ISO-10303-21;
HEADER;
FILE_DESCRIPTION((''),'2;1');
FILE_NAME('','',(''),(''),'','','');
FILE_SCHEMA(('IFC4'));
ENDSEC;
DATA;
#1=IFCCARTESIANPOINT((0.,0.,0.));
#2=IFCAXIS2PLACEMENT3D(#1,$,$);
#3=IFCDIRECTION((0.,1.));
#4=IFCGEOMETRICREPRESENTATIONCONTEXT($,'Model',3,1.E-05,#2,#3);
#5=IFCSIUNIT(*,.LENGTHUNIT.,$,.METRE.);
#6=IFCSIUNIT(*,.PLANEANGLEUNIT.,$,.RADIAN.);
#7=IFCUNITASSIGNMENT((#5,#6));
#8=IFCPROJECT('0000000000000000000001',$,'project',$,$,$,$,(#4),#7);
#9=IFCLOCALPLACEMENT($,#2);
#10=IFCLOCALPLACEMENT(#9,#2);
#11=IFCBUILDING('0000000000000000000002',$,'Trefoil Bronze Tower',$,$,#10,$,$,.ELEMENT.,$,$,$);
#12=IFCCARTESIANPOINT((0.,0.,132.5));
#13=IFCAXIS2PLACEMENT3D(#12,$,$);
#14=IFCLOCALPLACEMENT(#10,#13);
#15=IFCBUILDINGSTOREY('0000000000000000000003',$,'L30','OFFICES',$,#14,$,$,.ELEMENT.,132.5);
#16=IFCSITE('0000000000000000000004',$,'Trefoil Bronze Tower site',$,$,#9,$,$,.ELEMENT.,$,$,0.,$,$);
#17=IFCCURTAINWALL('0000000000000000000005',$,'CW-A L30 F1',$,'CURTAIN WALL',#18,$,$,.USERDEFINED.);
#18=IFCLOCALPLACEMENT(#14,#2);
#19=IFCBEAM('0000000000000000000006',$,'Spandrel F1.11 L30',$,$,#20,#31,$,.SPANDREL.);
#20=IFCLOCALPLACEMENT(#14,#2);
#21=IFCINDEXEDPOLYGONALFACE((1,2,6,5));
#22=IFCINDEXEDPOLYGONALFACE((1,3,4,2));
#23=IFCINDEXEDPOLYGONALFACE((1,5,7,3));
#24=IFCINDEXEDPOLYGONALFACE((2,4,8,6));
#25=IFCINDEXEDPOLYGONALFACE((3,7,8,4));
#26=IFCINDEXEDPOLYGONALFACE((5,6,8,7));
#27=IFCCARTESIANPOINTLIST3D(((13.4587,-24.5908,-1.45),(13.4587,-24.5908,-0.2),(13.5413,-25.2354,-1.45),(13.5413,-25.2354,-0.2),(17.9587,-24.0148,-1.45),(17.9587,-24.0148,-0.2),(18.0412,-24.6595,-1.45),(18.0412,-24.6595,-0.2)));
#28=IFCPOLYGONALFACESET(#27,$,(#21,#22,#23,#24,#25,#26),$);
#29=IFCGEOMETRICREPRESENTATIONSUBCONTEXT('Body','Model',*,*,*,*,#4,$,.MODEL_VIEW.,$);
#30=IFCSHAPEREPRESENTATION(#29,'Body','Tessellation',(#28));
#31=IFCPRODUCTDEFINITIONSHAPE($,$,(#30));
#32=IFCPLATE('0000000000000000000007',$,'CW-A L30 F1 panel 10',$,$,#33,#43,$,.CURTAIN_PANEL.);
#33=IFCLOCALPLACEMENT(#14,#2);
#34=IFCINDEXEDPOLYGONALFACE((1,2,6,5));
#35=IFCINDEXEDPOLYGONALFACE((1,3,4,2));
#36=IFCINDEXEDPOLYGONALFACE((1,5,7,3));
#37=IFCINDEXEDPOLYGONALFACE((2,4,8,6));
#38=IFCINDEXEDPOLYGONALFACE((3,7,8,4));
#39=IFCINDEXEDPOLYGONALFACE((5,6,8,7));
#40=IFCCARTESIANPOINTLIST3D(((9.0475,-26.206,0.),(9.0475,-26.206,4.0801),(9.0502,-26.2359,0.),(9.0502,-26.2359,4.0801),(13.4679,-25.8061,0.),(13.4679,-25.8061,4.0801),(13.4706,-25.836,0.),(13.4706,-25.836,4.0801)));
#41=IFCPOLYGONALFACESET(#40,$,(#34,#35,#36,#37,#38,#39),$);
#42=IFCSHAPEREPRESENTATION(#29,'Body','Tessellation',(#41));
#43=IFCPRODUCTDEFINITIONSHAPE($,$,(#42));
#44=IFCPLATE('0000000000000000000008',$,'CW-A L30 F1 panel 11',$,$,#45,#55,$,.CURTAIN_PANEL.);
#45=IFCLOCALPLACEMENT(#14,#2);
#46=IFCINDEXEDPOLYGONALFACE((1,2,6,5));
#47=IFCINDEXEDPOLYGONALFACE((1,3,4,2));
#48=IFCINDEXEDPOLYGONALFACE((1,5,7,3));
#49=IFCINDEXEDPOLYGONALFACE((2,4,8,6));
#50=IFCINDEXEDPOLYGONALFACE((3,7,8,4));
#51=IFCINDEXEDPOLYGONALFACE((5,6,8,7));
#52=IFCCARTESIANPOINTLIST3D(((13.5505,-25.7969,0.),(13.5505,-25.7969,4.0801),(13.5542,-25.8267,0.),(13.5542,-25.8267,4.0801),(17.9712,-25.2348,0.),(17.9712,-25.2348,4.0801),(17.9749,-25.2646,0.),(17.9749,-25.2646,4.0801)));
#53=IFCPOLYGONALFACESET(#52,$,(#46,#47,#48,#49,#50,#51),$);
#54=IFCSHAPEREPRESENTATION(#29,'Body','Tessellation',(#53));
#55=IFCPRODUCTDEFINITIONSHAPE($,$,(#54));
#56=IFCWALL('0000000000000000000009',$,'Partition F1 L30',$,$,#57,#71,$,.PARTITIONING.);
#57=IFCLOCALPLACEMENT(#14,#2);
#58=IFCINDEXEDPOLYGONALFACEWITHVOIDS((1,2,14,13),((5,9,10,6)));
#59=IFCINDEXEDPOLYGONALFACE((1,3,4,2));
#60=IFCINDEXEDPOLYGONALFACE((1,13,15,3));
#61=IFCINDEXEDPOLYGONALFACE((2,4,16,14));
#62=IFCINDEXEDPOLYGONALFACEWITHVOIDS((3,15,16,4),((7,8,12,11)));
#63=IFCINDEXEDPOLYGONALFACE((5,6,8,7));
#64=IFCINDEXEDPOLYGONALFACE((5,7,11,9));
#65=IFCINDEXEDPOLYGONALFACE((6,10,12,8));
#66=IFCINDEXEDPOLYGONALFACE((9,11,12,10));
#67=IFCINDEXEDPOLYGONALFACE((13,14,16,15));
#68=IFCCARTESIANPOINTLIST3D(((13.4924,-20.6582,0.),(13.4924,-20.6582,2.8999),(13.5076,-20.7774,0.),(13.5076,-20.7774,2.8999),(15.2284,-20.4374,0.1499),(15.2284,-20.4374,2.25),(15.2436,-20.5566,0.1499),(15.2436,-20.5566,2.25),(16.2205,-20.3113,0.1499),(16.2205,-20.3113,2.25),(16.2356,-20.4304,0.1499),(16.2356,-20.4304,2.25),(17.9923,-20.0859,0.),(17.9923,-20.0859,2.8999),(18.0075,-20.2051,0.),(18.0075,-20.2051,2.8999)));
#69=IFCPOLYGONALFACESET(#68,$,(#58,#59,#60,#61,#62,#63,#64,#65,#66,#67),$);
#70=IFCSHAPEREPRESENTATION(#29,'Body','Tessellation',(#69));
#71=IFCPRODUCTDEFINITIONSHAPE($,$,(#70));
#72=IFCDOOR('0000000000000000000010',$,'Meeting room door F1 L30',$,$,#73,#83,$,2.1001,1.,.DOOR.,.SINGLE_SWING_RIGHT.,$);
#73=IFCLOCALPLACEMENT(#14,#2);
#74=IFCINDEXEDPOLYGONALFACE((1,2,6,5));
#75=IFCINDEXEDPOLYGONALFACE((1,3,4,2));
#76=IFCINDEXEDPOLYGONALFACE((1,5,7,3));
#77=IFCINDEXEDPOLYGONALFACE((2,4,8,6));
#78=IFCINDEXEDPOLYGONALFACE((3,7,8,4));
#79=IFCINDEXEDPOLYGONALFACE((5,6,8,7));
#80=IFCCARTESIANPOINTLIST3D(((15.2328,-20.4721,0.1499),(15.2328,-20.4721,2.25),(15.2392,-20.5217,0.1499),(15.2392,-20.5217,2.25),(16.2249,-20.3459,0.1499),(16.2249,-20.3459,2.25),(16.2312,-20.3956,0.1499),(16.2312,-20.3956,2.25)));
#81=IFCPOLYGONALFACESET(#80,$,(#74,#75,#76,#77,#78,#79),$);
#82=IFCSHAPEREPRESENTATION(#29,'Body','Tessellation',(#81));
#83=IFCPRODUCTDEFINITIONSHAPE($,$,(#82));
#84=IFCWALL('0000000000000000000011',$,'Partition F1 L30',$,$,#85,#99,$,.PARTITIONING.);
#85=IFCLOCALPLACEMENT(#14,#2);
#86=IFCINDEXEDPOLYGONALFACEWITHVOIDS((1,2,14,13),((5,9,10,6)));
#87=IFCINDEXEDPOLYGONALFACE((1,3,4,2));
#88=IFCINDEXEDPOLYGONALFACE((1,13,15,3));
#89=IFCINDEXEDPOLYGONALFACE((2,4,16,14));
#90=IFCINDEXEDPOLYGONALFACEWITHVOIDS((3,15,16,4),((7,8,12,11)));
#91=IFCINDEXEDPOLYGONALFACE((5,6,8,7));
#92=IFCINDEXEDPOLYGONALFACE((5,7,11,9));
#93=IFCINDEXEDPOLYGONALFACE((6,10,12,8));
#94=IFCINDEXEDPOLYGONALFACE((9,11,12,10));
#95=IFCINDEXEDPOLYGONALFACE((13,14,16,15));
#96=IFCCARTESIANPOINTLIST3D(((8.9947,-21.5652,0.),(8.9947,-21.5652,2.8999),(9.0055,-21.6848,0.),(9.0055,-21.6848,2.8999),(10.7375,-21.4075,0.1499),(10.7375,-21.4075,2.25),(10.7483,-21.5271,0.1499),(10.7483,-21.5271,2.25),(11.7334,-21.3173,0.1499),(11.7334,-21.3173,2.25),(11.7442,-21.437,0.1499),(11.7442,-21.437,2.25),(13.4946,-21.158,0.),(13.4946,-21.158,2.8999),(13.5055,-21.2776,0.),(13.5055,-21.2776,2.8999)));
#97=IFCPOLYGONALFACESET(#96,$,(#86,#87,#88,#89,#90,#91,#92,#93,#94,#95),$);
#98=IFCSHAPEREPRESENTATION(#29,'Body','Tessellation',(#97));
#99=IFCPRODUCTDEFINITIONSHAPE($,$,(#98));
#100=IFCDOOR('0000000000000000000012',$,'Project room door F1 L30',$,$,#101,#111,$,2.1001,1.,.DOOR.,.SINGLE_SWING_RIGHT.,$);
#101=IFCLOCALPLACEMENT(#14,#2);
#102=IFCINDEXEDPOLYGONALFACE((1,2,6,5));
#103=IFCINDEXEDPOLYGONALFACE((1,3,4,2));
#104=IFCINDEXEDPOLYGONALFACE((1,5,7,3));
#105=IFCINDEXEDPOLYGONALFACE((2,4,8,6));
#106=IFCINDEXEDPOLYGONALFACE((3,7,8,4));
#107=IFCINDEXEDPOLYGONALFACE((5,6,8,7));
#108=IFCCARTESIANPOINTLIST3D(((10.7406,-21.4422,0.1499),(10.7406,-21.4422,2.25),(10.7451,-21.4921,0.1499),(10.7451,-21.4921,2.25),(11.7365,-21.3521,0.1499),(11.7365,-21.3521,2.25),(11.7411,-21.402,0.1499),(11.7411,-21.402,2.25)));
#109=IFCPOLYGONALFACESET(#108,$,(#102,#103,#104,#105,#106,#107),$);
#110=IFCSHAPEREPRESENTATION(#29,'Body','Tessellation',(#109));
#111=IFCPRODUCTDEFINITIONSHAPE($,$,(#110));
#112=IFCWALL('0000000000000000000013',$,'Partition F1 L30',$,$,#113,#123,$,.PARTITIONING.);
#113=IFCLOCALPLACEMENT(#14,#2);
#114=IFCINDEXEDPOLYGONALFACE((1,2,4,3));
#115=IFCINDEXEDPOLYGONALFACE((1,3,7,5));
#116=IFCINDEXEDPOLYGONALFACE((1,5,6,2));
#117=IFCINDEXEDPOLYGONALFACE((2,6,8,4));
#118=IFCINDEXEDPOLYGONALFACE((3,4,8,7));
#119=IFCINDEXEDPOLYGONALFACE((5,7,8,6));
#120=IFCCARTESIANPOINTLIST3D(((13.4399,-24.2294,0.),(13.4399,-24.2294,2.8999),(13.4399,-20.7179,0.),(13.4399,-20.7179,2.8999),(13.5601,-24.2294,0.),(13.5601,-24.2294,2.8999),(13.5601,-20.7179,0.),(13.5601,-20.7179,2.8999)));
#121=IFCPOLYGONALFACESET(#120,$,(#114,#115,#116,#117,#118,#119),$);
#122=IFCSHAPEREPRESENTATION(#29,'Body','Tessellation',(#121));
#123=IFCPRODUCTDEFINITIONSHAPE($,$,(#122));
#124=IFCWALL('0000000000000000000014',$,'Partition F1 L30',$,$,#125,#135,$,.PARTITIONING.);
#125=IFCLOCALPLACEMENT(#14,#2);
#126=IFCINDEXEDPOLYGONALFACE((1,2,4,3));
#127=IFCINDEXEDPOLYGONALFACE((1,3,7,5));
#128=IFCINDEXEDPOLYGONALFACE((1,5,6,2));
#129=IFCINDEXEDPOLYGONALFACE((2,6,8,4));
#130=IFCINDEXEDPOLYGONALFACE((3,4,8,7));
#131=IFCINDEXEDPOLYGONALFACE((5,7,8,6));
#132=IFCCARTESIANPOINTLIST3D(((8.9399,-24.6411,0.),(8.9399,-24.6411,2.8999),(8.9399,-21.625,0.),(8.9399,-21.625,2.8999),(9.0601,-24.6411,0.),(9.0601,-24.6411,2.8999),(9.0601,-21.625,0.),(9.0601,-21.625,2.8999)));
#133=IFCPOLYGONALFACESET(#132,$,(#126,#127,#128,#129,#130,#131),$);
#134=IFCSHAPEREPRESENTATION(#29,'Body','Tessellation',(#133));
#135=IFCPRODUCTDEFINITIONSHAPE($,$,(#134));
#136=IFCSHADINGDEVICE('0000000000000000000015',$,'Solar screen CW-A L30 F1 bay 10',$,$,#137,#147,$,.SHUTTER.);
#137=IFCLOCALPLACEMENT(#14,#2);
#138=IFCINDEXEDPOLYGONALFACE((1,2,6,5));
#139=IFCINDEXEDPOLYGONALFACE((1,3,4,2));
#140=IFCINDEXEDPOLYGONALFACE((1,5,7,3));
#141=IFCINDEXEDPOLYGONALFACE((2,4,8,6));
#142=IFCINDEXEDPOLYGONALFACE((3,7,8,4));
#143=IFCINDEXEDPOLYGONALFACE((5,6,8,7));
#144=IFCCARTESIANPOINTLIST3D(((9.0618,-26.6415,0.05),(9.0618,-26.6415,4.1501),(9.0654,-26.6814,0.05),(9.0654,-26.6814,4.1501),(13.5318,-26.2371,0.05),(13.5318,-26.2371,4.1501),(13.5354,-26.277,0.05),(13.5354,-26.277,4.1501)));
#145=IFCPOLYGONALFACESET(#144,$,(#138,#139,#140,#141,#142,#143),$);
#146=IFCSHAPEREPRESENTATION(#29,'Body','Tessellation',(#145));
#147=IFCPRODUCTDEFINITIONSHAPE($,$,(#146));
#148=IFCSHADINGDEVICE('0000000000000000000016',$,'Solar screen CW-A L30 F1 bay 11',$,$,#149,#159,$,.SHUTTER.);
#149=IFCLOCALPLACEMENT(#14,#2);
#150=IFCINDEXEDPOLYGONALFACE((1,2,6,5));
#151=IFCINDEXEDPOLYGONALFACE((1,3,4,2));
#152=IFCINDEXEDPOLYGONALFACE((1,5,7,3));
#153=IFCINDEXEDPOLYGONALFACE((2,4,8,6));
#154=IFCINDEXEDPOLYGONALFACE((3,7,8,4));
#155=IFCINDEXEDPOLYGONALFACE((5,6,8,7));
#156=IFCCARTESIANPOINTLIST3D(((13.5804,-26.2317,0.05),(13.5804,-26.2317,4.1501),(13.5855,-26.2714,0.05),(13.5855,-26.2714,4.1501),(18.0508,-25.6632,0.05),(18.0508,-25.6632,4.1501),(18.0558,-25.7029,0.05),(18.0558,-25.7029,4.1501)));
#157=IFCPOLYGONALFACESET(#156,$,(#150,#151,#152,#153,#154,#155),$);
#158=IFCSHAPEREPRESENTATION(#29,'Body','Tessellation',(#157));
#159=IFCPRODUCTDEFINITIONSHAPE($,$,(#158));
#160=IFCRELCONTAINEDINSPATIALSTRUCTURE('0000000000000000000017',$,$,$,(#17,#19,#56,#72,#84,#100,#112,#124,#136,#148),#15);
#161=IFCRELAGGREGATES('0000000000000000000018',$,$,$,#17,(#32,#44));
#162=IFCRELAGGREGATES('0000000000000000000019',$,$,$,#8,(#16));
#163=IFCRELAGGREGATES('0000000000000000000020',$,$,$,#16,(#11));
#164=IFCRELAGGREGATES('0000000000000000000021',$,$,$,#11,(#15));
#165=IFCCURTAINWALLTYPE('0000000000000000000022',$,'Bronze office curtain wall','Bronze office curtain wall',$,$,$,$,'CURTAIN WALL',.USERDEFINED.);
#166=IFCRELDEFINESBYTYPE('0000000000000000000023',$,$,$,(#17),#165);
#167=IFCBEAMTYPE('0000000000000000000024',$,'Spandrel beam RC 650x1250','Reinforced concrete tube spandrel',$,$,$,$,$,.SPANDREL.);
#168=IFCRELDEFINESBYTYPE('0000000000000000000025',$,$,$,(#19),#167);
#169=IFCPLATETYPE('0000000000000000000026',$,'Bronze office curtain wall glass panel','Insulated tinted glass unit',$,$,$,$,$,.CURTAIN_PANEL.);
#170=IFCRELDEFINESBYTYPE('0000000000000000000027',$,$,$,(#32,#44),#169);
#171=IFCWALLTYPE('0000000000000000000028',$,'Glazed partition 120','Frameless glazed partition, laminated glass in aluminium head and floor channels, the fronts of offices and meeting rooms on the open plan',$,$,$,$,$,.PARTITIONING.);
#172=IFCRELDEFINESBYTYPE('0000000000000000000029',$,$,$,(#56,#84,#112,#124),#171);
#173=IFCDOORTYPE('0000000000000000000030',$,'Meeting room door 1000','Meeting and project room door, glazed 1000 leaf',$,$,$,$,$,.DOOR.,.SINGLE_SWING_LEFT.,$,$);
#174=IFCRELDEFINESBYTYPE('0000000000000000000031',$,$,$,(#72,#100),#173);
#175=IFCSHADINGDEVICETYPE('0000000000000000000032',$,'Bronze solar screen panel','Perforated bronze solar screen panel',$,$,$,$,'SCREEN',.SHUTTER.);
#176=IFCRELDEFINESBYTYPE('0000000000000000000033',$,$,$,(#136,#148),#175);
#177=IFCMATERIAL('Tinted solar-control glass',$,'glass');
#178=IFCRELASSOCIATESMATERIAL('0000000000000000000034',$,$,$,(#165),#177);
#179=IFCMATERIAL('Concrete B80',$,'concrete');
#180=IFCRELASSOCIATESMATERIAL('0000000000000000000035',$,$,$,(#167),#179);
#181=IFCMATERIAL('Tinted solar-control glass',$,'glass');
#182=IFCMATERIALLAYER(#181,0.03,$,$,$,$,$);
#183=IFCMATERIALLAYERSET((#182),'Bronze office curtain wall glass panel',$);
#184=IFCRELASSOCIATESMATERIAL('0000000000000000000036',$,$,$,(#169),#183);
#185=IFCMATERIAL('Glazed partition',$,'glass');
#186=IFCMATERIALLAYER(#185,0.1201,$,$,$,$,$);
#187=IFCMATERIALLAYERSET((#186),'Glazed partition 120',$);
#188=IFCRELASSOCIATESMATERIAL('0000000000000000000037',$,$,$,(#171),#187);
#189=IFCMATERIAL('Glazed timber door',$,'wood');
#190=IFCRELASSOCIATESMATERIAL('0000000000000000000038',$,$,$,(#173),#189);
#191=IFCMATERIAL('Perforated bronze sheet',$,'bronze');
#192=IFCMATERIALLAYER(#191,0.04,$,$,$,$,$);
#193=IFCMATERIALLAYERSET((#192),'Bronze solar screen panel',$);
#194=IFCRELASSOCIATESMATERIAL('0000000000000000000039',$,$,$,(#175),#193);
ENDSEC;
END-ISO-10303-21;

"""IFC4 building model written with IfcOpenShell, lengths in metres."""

from ifc_helpers import new_model, si_unit, direction, frame, frame_2d, origin, origin_2d, place, context, subcontext, project, spatial, rectangle, extrude, material, layer, layer_set, material_profile, profile_set, type_object, element, fill, aggregate, save


model = new_model("IFC4")

# Units and contexts
model_context = context("Model", 3, precision=1e-05, world=origin(), true_north=direction((0.0, 1.0)))
body_context = subcontext(model_context, "Body", "Model", "MODEL_VIEW")
ifc_project = project(units=[si_unit("LENGTHUNIT", "METRE"), si_unit("PLANEANGLEUNIT", "RADIAN")], contexts=[model_context])

# Site, building, storey
site_placement = place(None, origin())
site = spatial("IfcSite", under=ifc_project, at=site_placement, Name="Trefoil Bronze Tower site", CompositionType="ELEMENT", RefElevation=0.0)
building_placement = place(site_placement, origin())
building = spatial("IfcBuilding", under=site, at=building_placement, Name="Trefoil Bronze Tower", CompositionType="ELEMENT")
storey_placement = place(building_placement, frame((0.0, 0.0, 132.5)))
storey = spatial("IfcBuildingStorey", under=building, at=storey_placement, Name="L30", Description="OFFICES", CompositionType="ELEMENT", Elevation=132.5)

# Curtain wall
ifc_material_1 = material(Name="Tinted solar-control glass", Category="glass")
curtain_wall_type = type_object("IfcCurtainWallType", Name="Bronze office curtain wall", Description="Bronze office curtain wall", ElementType="CURTAIN WALL", PredefinedType="USERDEFINED", material=ifc_material_1)
curtain_wall_placement = place(storey_placement, origin())
curtain_wall = element("IfcCurtainWall", 1, at=curtain_wall_placement, inside=storey, type_object=curtain_wall_type, Name="CW-A L30 F1", ObjectType="CURTAIN WALL", PredefinedType="USERDEFINED")

# Beam
ifc_material_2 = material(Name="Concrete B80", Category="concrete")
ifc_material_profile_1 = material_profile(ifc_material_2, rectangle(XDim=0.6499, YDim=1.25, at=origin_2d()), Name="RC 650x1250")
ifc_profile_set_1 = profile_set([ifc_material_profile_1], Name="Concrete B80")
beam_type_1 = type_object("IfcBeamType", Name="Spandrel beam RC 650x1250", Description="Reinforced concrete tube spandrel", PredefinedType="SPANDREL", material=ifc_profile_set_1)
beam_1_placement = place(storey_placement, frame((13.5, -24.9131, -0.825), z_axis=(0.991909, 0.126948, 0.0), x_axis=(-0.126948, 0.991909, 0.0)))
element("IfcBeam", 2, at=beam_1_placement, inside=storey, type_object=beam_type_1, Name="Spandrel F1.11 L30", PredefinedType="SPANDREL", context=body_context, shape_type="SweptSolid", body=[
    extrude(rectangle(XDim=0.6499, YDim=1.25, at=origin_2d()), origin(), (0.0, 0.0, 1.0), 4.5366),
])

# Plates
ifc_material_3 = material(Name="Tinted solar-control glass", Category="glass")
ifc_layer_1 = layer(ifc_material_3, 0.03)
ifc_layer_set_1 = layer_set([ifc_layer_1], Name="Bronze office curtain wall glass panel")
plate_type = type_object("IfcPlateType", Name="Bronze office curtain wall glass panel", Description="Insulated tinted glass unit", PredefinedType="CURTAIN_PANEL", material=ifc_layer_set_1)
plate_1_placement = place(storey_placement, frame((11.259, -26.021, 0.0), z_axis=(0.0, 0.0, 1.0), x_axis=(0.995932, 0.090105, 0.0)))
plate_1 = element("IfcPlate", 3, at=plate_1_placement, type_object=plate_type, Name="CW-A L30 F1 panel 10", PredefinedType="CURTAIN_PANEL", context=body_context, shape_type="SweptSolid", body=[
    extrude(rectangle(XDim=4.4385, YDim=0.03, at=origin_2d()), origin(), (0.0, 0.0, 1.0), 4.0801),
])
plate_2_placement = place(storey_placement, frame((15.7627, -25.5308, 0.0), z_axis=(0.0, 0.0, 1.0), x_axis=(0.992012, 0.126147, 0.0)))
plate_2 = element("IfcPlate", 4, at=plate_2_placement, type_object=plate_type, Name="CW-A L30 F1 panel 11", PredefinedType="CURTAIN_PANEL", context=body_context, shape_type="SweptSolid", body=[
    extrude(rectangle(XDim=4.4563, YDim=0.03, at=origin_2d()), origin(), (0.0, 0.0, 1.0), 4.0801),
])
aggregate(curtain_wall, [plate_1, plate_2])

# Walls, openings, doors
ifc_material_4 = material(Name="Glazed partition", Category="glass")
ifc_layer_2 = layer(ifc_material_4, 0.1201)
ifc_layer_set_2 = layer_set([ifc_layer_2], Name="Glazed partition 120")
wall_type = type_object("IfcWallType", Name="Glazed partition 120", Description="Frameless glazed partition, laminated glass in aluminium head and floor channels, the fronts of offices and meeting rooms on the open plan", PredefinedType="PARTITIONING", material=ifc_layer_set_2)
wall_1_placement = place(storey_placement, frame((13.5, -20.7178, 0.0), z_axis=(0.0, 0.0, 1.0), x_axis=(0.992011, 0.126154, 0.0)))
wall_1 = element("IfcWall", 5, at=wall_1_placement, inside=storey, type_object=wall_type, Name="Partition F1 L30", PredefinedType="PARTITIONING", context=body_context, shape_type="SweptSolid", body=[
    extrude(rectangle(XDim=4.5361, YDim=0.1201, at=frame_2d((2.2681, 0.0))), origin(), (0.0, 0.0, 1.0), 2.8999),
])
opening_1_placement = place(wall_1_placement, frame((1.75, 0.0, 0.1499)))
opening_1 = element("IfcOpeningElement", 6, at=opening_1_placement, cuts=wall_1, PredefinedType="OPENING", context=body_context, shape_type="SweptSolid", body=[
    extrude(rectangle(XDim=1.0, YDim=2.1001, at=frame_2d((0.5, 1.05))), frame((0.0, 0.0701, 0.0), z_axis=(0.0, -1.0, 0.0), x_axis=(1.0, 0.0, 0.0)), (0.0, 0.0, 1.0), 0.1401),
])
ifc_material_5 = material(Name="Glazed timber door", Category="wood")
door_type = type_object("IfcDoorType", Name="Meeting room door 1000", Description="Meeting and project room door, glazed 1000 leaf", OperationType="SINGLE_SWING_LEFT", PredefinedType="DOOR", material=ifc_material_5)
door_1_placement = place(opening_1_placement, frame((1.0, 0.0, 0.0), z_axis=(0.0, 0.0, 1.0), x_axis=(-1.0, 0.0, 0.0)))
door_1 = element("IfcDoor", 7, at=door_1_placement, inside=storey, type_object=door_type, Name="Meeting room door F1 L30", OperationType="SINGLE_SWING_RIGHT", OverallHeight=2.1001, OverallWidth=1.0, PredefinedType="DOOR", context=body_context, shape_type="SweptSolid", body=[
    extrude(rectangle(XDim=1.0, YDim=2.1001, at=frame_2d((0.5, 1.05))), frame((0.0, 0.0249, 0.0), z_axis=(0.0, -1.0, 0.0), x_axis=(1.0, 0.0, 0.0)), (0.0, 0.0, 1.0), 0.05),
])
fill(opening_1, door_1)
wall_2_placement = place(storey_placement, frame((9.0, -21.625, 0.0), z_axis=(0.0, 0.0, 1.0), x_axis=(0.99593, 0.090127, 0.0)))
wall_2 = element("IfcWall", 8, at=wall_2_placement, inside=storey, type_object=wall_type, Name="Partition F1 L30", PredefinedType="PARTITIONING", context=body_context, shape_type="SweptSolid", body=[
    extrude(rectangle(XDim=4.5183, YDim=0.1201, at=frame_2d((2.2593, 0.0))), origin(), (0.0, 0.0, 1.0), 2.8999),
])
opening_2_placement = place(wall_2_placement, frame((1.75, 0.0, 0.1499)))
opening_2 = element("IfcOpeningElement", 9, at=opening_2_placement, cuts=wall_2, PredefinedType="OPENING", context=body_context, shape_type="SweptSolid", body=[
    extrude(rectangle(XDim=1.0, YDim=2.1001, at=frame_2d((0.5, 1.05))), frame((0.0, 0.0701, 0.0), z_axis=(0.0, -1.0, 0.0), x_axis=(1.0, 0.0, 0.0)), (0.0, 0.0, 1.0), 0.1401),
])
door_2_placement = place(opening_2_placement, frame((1.0, 0.0, 0.0), z_axis=(0.0, 0.0, 1.0), x_axis=(-1.0, 0.0, 0.0)))
door_2 = element("IfcDoor", 10, at=door_2_placement, inside=storey, type_object=door_type, Name="Project room door F1 L30", OperationType="SINGLE_SWING_RIGHT", OverallHeight=2.1001, OverallWidth=1.0, PredefinedType="DOOR", context=body_context, shape_type="SweptSolid", body=[
    extrude(rectangle(XDim=1.0, YDim=2.1001, at=frame_2d((0.5, 1.05))), frame((0.0, 0.0249, 0.0), z_axis=(0.0, -1.0, 0.0), x_axis=(1.0, 0.0, 0.0)), (0.0, 0.0, 1.0), 0.05),
])
fill(opening_2, door_2)

# Walls
wall_3_placement = place(storey_placement, frame((13.5, -20.7178, 0.0), z_axis=(0.0, 0.0, 1.0), x_axis=(0.0, -1.0, 0.0)))
element("IfcWall", 11, at=wall_3_placement, inside=storey, type_object=wall_type, Name="Partition F1 L30", PredefinedType="PARTITIONING", context=body_context, shape_type="SweptSolid", body=[
    extrude(rectangle(XDim=3.5115, YDim=0.1201, at=frame_2d((1.7559, 0.0))), origin(), (0.0, 0.0, 1.0), 2.8999),
])
wall_4_placement = place(storey_placement, frame((9.0, -21.625, 0.0), z_axis=(0.0, 0.0, 1.0), x_axis=(0.0, -1.0, 0.0)))
element("IfcWall", 12, at=wall_4_placement, inside=storey, type_object=wall_type, Name="Partition F1 L30", PredefinedType="PARTITIONING", context=body_context, shape_type="SweptSolid", body=[
    extrude(rectangle(XDim=3.0161, YDim=0.1201, at=frame_2d((1.5081, 0.0))), origin(), (0.0, 0.0, 1.0), 2.8999),
])

# Shading devices
ifc_material_6 = material(Name="Perforated bronze sheet", Category="bronze")
ifc_layer_3 = layer(ifc_material_6, 0.04)
ifc_layer_set_3 = layer_set([ifc_layer_3], Name="Bronze solar screen panel")
shading_device_type = type_object("IfcShadingDeviceType", Name="Bronze solar screen panel", Description="Perforated bronze solar screen panel", ElementType="SCREEN", PredefinedType="SHUTTER", material=ifc_layer_set_3)
shading_device_1_placement = place(storey_placement, frame((11.2986, -26.4592, 0.05), z_axis=(0.0, 0.0, 1.0), x_axis=(0.995932, 0.090105, 0.0)))
element("IfcShadingDevice", 13, at=shading_device_1_placement, inside=storey, type_object=shading_device_type, Name="Solar screen CW-A L30 F1 bay 10", PredefinedType="SHUTTER", context=body_context, shape_type="SweptSolid", body=[
    extrude(rectangle(XDim=4.4883, YDim=0.04, at=origin_2d()), origin(), (0.0, 0.0, 1.0), 4.1001),
])
shading_device_2_placement = place(storey_placement, frame((15.8181, -25.9673, 0.05), z_axis=(0.0, 0.0, 1.0), x_axis=(0.992012, 0.126147, 0.0)))
element("IfcShadingDevice", 14, at=shading_device_2_placement, inside=storey, type_object=shading_device_type, Name="Solar screen CW-A L30 F1 bay 11", PredefinedType="SHUTTER", context=body_context, shape_type="SweptSolid", body=[
    extrude(rectangle(XDim=4.5063, YDim=0.04, at=origin_2d()), origin(), (0.0, 0.0, 1.0), 4.1001),
])

save(model, "model.ifc")
